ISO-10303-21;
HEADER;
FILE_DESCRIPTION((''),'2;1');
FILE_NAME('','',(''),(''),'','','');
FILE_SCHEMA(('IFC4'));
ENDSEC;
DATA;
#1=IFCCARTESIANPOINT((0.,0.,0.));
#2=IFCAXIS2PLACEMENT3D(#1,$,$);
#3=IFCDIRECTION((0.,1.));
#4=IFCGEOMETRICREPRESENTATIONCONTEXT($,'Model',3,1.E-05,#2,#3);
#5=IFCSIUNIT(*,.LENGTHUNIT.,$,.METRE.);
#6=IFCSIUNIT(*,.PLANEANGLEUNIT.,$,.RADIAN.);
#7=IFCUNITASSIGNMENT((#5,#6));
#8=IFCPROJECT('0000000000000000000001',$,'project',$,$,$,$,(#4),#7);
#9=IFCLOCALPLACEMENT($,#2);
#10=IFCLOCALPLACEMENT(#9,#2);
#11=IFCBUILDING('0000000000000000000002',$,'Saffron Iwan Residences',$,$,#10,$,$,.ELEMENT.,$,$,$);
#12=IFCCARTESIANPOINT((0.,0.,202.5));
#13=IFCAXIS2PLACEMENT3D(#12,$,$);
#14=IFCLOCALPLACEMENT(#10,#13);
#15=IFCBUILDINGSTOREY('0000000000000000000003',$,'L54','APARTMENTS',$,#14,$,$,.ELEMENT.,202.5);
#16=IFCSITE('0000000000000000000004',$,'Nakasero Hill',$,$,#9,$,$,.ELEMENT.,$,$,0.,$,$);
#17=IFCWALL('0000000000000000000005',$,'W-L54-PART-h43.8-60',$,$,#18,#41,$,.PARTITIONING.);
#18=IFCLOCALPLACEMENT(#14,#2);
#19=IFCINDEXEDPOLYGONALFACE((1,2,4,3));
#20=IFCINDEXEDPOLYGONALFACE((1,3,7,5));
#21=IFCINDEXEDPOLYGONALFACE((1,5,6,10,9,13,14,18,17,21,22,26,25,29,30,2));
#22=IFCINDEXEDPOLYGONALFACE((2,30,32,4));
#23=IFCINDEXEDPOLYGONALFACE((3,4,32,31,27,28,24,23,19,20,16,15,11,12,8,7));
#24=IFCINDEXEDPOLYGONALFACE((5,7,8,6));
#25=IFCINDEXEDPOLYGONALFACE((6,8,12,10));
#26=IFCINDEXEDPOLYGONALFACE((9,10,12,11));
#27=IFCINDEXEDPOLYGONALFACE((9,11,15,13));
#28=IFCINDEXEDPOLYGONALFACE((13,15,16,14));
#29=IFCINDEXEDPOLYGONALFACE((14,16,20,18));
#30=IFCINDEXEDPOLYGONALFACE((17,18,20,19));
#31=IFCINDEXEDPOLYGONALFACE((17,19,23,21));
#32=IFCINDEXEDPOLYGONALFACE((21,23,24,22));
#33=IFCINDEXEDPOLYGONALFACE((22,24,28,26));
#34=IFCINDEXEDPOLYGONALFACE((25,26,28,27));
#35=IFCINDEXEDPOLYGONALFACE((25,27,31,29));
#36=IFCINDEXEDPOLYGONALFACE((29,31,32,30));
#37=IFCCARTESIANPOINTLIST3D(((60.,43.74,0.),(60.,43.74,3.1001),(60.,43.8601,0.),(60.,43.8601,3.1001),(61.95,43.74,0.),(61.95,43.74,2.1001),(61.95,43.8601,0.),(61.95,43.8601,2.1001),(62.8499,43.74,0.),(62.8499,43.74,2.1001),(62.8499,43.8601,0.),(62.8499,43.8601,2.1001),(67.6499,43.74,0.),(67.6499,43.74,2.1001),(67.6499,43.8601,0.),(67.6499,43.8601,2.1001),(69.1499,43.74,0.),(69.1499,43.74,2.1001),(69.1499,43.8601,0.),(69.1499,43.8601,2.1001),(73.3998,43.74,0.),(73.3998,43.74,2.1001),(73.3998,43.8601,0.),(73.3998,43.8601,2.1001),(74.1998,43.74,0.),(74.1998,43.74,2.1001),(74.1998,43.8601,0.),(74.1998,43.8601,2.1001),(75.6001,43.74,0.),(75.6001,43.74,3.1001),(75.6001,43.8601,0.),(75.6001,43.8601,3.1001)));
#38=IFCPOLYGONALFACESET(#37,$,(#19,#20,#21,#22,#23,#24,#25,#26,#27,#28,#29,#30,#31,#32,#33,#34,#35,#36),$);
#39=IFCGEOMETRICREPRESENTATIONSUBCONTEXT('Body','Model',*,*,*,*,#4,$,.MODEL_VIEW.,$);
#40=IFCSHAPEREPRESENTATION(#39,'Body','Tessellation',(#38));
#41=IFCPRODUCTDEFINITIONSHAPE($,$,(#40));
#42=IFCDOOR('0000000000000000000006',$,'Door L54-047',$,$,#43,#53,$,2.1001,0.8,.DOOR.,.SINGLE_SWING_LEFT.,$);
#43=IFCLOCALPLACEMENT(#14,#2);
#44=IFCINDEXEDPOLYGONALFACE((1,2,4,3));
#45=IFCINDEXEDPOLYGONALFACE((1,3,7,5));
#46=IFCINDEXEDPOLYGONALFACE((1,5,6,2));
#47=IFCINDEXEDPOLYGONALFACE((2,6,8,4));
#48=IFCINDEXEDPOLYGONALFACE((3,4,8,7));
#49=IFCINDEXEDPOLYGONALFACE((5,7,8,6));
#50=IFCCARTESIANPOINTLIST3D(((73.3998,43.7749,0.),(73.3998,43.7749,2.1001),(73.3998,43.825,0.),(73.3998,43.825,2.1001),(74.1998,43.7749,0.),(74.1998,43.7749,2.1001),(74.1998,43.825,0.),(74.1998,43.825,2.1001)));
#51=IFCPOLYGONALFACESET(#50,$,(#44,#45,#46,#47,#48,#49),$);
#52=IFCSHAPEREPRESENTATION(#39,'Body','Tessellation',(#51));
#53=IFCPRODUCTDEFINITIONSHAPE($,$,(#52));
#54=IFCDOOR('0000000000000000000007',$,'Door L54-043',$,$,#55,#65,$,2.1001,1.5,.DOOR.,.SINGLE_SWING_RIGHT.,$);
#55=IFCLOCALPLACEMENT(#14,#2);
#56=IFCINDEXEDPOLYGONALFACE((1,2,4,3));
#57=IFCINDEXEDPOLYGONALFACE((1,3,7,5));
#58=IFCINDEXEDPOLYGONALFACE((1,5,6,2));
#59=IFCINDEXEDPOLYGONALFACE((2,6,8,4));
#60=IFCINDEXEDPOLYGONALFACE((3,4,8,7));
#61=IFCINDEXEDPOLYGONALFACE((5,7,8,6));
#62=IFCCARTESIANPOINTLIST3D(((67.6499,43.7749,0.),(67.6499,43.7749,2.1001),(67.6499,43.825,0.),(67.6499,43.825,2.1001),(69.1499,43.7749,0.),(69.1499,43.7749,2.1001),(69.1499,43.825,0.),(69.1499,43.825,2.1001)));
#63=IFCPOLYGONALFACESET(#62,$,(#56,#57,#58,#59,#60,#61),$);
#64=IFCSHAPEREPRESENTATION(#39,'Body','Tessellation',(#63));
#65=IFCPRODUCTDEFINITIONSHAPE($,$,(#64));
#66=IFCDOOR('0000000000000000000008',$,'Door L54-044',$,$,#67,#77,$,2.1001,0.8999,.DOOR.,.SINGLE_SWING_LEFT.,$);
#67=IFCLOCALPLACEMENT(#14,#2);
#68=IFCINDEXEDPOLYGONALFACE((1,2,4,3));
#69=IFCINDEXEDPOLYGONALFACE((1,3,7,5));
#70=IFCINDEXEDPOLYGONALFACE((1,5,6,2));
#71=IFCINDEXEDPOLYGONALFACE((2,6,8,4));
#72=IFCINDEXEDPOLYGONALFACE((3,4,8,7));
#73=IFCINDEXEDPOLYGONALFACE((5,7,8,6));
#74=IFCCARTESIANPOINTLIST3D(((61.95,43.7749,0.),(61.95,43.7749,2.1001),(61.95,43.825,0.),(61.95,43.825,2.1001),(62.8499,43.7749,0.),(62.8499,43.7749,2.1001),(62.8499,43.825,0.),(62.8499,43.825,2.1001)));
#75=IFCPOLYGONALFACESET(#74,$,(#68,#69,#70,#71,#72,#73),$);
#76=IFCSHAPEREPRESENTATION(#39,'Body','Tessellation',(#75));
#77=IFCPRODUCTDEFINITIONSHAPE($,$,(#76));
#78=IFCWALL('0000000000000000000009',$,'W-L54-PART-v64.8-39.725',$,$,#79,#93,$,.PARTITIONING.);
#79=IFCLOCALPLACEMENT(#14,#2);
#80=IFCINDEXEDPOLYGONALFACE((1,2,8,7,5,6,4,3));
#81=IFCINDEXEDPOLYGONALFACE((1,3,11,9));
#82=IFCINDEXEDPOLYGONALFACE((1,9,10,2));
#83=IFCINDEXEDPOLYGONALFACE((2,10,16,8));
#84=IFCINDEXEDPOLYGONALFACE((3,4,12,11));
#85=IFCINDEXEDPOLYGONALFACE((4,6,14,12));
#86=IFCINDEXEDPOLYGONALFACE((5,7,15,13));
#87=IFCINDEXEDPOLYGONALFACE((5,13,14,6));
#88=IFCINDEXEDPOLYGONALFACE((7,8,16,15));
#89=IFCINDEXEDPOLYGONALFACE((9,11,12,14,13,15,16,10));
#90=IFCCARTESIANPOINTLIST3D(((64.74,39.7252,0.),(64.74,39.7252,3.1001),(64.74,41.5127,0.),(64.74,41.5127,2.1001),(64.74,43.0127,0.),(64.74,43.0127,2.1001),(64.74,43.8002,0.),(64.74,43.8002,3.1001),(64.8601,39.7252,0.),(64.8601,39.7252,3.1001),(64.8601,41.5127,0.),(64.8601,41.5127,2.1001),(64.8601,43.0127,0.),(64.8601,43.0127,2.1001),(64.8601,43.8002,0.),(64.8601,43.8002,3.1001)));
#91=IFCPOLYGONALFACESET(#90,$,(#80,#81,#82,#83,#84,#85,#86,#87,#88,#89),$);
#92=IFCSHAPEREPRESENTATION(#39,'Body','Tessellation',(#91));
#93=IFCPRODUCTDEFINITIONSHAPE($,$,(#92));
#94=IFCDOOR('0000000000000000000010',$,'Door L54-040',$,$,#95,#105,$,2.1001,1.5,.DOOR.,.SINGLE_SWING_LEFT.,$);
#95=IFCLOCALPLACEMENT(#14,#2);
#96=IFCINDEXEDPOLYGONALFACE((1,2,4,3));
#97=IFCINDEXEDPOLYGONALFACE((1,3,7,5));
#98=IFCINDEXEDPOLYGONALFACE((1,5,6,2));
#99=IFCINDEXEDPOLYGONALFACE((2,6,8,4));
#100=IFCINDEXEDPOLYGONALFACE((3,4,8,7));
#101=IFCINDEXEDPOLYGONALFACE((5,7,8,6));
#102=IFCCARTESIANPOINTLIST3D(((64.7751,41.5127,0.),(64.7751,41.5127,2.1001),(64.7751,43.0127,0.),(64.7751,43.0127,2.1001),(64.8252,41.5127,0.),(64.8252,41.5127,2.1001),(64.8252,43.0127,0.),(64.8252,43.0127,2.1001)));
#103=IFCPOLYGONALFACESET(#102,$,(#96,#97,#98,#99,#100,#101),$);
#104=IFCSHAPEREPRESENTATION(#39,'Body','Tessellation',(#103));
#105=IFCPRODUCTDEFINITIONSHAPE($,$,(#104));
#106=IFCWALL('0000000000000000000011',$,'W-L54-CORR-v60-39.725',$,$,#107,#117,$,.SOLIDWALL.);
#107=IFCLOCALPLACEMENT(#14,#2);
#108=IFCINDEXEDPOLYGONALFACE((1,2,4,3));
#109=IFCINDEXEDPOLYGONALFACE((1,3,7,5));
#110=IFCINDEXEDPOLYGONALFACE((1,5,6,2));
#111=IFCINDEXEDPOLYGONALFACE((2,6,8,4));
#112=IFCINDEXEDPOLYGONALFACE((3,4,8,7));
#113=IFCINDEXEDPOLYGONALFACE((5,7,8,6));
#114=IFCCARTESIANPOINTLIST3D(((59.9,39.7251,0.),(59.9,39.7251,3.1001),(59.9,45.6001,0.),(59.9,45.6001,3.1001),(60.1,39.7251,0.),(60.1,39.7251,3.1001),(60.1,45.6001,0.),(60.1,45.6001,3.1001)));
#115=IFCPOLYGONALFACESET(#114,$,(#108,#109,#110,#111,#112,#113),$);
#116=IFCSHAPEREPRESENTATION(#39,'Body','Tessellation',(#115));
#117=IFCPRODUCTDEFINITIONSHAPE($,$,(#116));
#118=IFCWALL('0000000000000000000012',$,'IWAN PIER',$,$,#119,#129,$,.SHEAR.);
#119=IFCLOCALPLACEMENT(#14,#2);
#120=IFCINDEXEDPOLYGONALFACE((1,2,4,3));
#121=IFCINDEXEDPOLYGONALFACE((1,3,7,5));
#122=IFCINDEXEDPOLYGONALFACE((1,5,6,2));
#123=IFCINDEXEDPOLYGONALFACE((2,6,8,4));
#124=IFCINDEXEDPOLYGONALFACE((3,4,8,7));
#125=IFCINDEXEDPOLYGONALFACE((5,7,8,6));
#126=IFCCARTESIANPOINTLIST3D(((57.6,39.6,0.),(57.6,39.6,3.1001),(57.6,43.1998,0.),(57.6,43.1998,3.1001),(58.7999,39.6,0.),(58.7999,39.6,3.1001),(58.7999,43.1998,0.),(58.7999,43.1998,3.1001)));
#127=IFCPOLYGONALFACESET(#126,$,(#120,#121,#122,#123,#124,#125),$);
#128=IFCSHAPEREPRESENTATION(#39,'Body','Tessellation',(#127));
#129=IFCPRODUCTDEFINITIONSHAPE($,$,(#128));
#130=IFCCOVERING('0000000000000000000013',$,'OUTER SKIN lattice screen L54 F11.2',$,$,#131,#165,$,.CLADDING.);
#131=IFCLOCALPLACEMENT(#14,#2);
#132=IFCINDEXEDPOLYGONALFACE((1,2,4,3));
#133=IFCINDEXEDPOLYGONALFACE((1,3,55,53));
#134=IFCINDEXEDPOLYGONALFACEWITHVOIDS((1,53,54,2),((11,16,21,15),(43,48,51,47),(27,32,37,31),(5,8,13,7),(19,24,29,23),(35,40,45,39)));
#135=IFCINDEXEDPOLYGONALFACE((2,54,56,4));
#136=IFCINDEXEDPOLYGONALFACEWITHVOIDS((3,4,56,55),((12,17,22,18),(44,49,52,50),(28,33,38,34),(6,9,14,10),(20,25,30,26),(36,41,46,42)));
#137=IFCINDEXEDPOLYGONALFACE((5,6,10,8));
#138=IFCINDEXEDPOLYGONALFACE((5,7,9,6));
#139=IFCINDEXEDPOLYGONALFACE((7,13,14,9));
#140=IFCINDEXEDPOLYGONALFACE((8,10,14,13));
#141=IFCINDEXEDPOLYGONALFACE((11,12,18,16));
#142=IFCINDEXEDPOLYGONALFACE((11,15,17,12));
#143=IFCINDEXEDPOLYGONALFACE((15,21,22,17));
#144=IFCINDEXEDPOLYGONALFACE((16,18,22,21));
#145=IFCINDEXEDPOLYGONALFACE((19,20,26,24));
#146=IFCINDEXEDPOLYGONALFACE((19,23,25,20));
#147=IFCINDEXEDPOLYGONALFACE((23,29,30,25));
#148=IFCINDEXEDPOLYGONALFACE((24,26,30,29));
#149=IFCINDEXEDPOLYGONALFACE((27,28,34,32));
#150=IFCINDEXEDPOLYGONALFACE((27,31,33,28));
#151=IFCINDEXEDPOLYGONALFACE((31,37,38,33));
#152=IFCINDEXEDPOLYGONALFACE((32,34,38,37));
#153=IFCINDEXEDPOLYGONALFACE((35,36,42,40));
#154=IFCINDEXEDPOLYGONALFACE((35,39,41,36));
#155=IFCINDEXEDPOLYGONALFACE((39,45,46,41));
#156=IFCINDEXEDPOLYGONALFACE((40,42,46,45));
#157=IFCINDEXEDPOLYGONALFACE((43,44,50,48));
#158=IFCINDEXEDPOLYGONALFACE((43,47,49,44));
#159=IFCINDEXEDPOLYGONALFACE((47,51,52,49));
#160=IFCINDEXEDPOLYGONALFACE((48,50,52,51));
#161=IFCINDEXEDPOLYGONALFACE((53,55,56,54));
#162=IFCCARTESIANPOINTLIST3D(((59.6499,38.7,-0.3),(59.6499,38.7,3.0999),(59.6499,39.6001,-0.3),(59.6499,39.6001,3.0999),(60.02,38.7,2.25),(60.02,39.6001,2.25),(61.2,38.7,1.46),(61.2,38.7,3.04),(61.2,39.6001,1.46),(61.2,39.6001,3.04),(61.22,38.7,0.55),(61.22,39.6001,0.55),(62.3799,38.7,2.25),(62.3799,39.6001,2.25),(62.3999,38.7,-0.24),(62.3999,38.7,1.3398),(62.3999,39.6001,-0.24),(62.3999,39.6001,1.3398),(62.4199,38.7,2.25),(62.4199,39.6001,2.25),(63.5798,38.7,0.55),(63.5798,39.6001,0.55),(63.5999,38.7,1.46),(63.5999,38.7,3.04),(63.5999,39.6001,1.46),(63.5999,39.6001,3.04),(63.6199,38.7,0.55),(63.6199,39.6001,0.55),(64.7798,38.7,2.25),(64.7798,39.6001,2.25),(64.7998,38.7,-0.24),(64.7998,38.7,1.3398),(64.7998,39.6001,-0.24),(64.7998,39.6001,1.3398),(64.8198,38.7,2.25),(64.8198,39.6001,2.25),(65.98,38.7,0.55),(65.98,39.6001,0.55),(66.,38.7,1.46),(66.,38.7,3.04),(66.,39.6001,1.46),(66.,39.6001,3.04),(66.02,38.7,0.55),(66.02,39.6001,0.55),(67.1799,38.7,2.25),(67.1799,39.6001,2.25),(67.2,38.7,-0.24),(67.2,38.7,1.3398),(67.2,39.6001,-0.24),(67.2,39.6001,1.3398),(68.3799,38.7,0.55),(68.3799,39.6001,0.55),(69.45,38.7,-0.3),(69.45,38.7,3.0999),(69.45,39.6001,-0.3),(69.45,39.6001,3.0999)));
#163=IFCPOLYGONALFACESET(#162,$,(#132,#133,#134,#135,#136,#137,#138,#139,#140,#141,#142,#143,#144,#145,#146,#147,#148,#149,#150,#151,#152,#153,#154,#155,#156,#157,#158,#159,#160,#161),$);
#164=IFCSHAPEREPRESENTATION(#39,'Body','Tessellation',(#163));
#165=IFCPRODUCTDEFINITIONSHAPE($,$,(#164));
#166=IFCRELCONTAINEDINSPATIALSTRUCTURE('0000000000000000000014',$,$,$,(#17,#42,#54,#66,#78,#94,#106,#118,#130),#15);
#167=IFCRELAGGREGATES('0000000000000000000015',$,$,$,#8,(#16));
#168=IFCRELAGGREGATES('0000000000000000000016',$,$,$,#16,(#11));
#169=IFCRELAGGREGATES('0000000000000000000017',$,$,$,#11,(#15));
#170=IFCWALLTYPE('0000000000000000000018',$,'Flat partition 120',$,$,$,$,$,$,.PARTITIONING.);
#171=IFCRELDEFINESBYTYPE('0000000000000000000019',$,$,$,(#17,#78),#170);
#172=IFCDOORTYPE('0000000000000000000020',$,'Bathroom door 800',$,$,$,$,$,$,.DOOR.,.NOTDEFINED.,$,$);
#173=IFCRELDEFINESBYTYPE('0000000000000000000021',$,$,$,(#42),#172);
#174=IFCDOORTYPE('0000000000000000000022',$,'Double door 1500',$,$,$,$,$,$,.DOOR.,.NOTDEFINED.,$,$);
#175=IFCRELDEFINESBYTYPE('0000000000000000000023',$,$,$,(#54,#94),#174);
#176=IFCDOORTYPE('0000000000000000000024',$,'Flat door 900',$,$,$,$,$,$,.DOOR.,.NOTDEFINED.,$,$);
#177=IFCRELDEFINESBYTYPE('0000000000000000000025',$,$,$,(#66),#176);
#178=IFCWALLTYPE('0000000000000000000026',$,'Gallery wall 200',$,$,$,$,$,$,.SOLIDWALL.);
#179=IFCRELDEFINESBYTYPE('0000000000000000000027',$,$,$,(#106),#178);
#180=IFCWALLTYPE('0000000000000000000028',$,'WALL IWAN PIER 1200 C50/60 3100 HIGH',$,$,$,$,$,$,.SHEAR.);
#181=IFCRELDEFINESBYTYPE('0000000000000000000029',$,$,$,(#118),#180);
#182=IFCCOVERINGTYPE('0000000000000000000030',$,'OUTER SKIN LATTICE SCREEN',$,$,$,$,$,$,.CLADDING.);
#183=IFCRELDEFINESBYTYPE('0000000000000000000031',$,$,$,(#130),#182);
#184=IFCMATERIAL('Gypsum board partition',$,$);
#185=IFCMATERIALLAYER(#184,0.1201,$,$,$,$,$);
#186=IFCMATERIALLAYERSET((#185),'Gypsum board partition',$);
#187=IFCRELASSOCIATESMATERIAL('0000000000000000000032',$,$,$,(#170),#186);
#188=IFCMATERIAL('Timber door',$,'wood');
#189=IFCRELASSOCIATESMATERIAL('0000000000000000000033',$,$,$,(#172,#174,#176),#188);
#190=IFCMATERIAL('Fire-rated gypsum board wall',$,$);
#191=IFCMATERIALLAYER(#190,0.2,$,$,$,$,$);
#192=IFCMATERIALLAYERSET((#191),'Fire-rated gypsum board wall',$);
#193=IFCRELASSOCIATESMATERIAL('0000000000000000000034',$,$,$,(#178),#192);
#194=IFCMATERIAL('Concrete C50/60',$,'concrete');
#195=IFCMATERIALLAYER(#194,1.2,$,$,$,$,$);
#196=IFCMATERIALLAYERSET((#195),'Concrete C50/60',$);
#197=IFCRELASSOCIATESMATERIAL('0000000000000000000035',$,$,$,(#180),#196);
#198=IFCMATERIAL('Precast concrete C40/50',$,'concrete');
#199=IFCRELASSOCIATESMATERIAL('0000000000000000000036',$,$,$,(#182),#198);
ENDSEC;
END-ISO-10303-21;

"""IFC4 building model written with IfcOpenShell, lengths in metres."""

from ifc_helpers import new_model, si_unit, direction, frame, frame_2d, origin, place, context, subcontext, project, spatial, polyline, rectangle, outline, extrude, material, layer, layer_set, type_object, element, fill, save


model = new_model("IFC4")

# Units and contexts
model_context = context("Model", 3, precision=1e-05, world=origin(), true_north=direction((0.0, 1.0)))
body_context = subcontext(model_context, "Body", "Model", "MODEL_VIEW")
ifc_project = project(units=[si_unit("LENGTHUNIT", "METRE"), si_unit("PLANEANGLEUNIT", "RADIAN")], contexts=[model_context])

# Site, building, storey
site_placement = place(None, origin())
site = spatial("IfcSite", under=ifc_project, at=site_placement, Name="Nakasero Hill", CompositionType="ELEMENT", RefElevation=0.0)
building_placement = place(site_placement, origin())
building = spatial("IfcBuilding", under=site, at=building_placement, Name="Saffron Iwan Residences", CompositionType="ELEMENT")
storey_placement = place(building_placement, frame((0.0, 0.0, 202.5)))
storey = spatial("IfcBuildingStorey", under=building, at=storey_placement, Name="L54", Description="APARTMENTS", CompositionType="ELEMENT", Elevation=202.5)

# Shared definitions
ifc_material_1 = material(Name="Concrete C50/60", Category="concrete")

# Wall, openings, doors
ifc_material_2 = material(Name="Gypsum board partition")
ifc_layer_1 = layer(ifc_material_2, 0.1201)
ifc_layer_set_1 = layer_set([ifc_layer_1], Name="Gypsum board partition")
wall_type_1 = type_object("IfcWallType", Name="Flat partition 120", PredefinedType="PARTITIONING", material=ifc_layer_set_1)
wall_1_placement = place(storey_placement, frame((60.0, 43.8, 0.0), z_axis=(0.0, 0.0, 1.0), x_axis=(1.0, 0.0, 0.0)))
wall_1 = element("IfcWall", 1, at=wall_1_placement, inside=storey, type_object=wall_type_1, Name="W-L54-PART-h43.8-60", PredefinedType="PARTITIONING", context=body_context, shape_type="SweptSolid", body=[
    extrude(rectangle(XDim=15.6001, YDim=0.1201, at=frame_2d((7.8, 0.0))), origin(), (0.0, 0.0, 1.0), 3.1001),
])
opening_1_placement = place(wall_1_placement, frame((7.6499, 0.0, 0.0)))
opening_1 = element("IfcOpeningElement", 2, at=opening_1_placement, cuts=wall_1, PredefinedType="OPENING", context=body_context, shape_type="SweptSolid", body=[
    extrude(rectangle(XDim=1.5, YDim=2.1001, at=frame_2d((0.75, 1.05))), frame((0.0, 0.0701, 0.0), z_axis=(0.0, -1.0, 0.0), x_axis=(1.0, 0.0, 0.0)), (0.0, 0.0, 1.0), 0.1401),
])
opening_2_placement = place(wall_1_placement, frame((1.95, 0.0, 0.0)))
opening_2 = element("IfcOpeningElement", 3, at=opening_2_placement, cuts=wall_1, PredefinedType="OPENING", context=body_context, shape_type="SweptSolid", body=[
    extrude(rectangle(XDim=0.8999, YDim=2.1001, at=frame_2d((0.45, 1.05))), frame((0.0, 0.0701, 0.0), z_axis=(0.0, -1.0, 0.0), x_axis=(1.0, 0.0, 0.0)), (0.0, 0.0, 1.0), 0.1401),
])
opening_3_placement = place(wall_1_placement, frame((13.3999, 0.0, 0.0)))
opening_3 = element("IfcOpeningElement", 4, at=opening_3_placement, cuts=wall_1, PredefinedType="OPENING", context=body_context, shape_type="SweptSolid", body=[
    extrude(rectangle(XDim=0.8, YDim=2.1001, at=frame_2d((0.3999, 1.05))), frame((0.0, 0.0701, 0.0), z_axis=(0.0, -1.0, 0.0), x_axis=(1.0, 0.0, 0.0)), (0.0, 0.0, 1.0), 0.1401),
])
ifc_material_3 = material(Name="Timber door", Category="wood")
door_type_1 = type_object("IfcDoorType", Name="Bathroom door 800", OperationType="NOTDEFINED", PredefinedType="DOOR", material=ifc_material_3)
door_1_placement = place(opening_3_placement, origin())
door_1 = element("IfcDoor", 5, at=door_1_placement, inside=storey, type_object=door_type_1, Name="Door L54-047", OperationType="SINGLE_SWING_LEFT", OverallHeight=2.1001, OverallWidth=0.8, PredefinedType="DOOR", context=body_context, shape_type="SweptSolid", body=[
    extrude(rectangle(XDim=0.8, YDim=2.1001, at=frame_2d((0.3999, 1.05))), frame((0.0, 0.0249, 0.0), z_axis=(0.0, -1.0, 0.0), x_axis=(1.0, 0.0, 0.0)), (0.0, 0.0, 1.0), 0.05),
])
fill(opening_3, door_1)
door_type_2 = type_object("IfcDoorType", Name="Double door 1500", OperationType="NOTDEFINED", PredefinedType="DOOR", material=ifc_material_3)
door_2_placement = place(opening_1_placement, origin())
door_2 = element("IfcDoor", 6, at=door_2_placement, inside=storey, type_object=door_type_2, Name="Door L54-043", OperationType="SINGLE_SWING_RIGHT", OverallHeight=2.1001, OverallWidth=1.5, PredefinedType="DOOR", context=body_context, shape_type="SweptSolid", body=[
    extrude(rectangle(XDim=1.5, YDim=2.1001, at=frame_2d((0.75, 1.05))), frame((0.0, 0.0249, 0.0), z_axis=(0.0, -1.0, 0.0), x_axis=(1.0, 0.0, 0.0)), (0.0, 0.0, 1.0), 0.05),
])
fill(opening_1, door_2)
door_type_3 = type_object("IfcDoorType", Name="Flat door 900", OperationType="NOTDEFINED", PredefinedType="DOOR", material=ifc_material_3)
door_3_placement = place(opening_2_placement, origin())
door_3 = element("IfcDoor", 7, at=door_3_placement, inside=storey, type_object=door_type_3, Name="Door L54-044", OperationType="SINGLE_SWING_LEFT", OverallHeight=2.1001, OverallWidth=0.8999, PredefinedType="DOOR", context=body_context, shape_type="SweptSolid", body=[
    extrude(rectangle(XDim=0.8999, YDim=2.1001, at=frame_2d((0.45, 1.05))), frame((0.0, 0.0249, 0.0), z_axis=(0.0, -1.0, 0.0), x_axis=(1.0, 0.0, 0.0)), (0.0, 0.0, 1.0), 0.05),
])
fill(opening_2, door_3)

# Wall, opening, door
wall_2_placement = place(storey_placement, frame((64.8, 39.7251, 0.0), z_axis=(0.0, 0.0, 1.0), x_axis=(0.0, 1.0, 0.0)))
wall_2 = element("IfcWall", 8, at=wall_2_placement, inside=storey, type_object=wall_type_1, Name="W-L54-PART-v64.8-39.725", PredefinedType="PARTITIONING", context=body_context, shape_type="SweptSolid", body=[
    extrude(rectangle(XDim=4.075, YDim=0.1201, at=frame_2d((2.0376, 0.0))), origin(), (0.0, 0.0, 1.0), 3.1001),
])
opening_4_placement = place(wall_2_placement, frame((1.7876, 0.0, 0.0)))
opening_4 = element("IfcOpeningElement", 9, at=opening_4_placement, cuts=wall_2, PredefinedType="OPENING", context=body_context, shape_type="SweptSolid", body=[
    extrude(rectangle(XDim=1.5, YDim=2.1001, at=frame_2d((0.75, 1.05))), frame((0.0, 0.0701, 0.0), z_axis=(0.0, -1.0, 0.0), x_axis=(1.0, 0.0, 0.0)), (0.0, 0.0, 1.0), 0.1401),
])
door_4_placement = place(opening_4_placement, origin())
door_4 = element("IfcDoor", 10, at=door_4_placement, inside=storey, type_object=door_type_2, Name="Door L54-040", OperationType="SINGLE_SWING_LEFT", OverallHeight=2.1001, OverallWidth=1.5, PredefinedType="DOOR", context=body_context, shape_type="SweptSolid", body=[
    extrude(rectangle(XDim=1.5, YDim=2.1001, at=frame_2d((0.75, 1.05))), frame((0.0, 0.0249, 0.0), z_axis=(0.0, -1.0, 0.0), x_axis=(1.0, 0.0, 0.0)), (0.0, 0.0, 1.0), 0.05),
])
fill(opening_4, door_4)

# Walls
ifc_material_4 = material(Name="Fire-rated gypsum board wall")
ifc_layer_2 = layer(ifc_material_4, 0.2)
ifc_layer_set_2 = layer_set([ifc_layer_2], Name="Fire-rated gypsum board wall")
wall_type_2 = type_object("IfcWallType", Name="Gallery wall 200", PredefinedType="SOLIDWALL", material=ifc_layer_set_2)
wall_3_placement = place(storey_placement, frame((60.0, 39.7251, 0.0), z_axis=(0.0, 0.0, 1.0), x_axis=(0.0, 1.0, 0.0)))
element("IfcWall", 11, at=wall_3_placement, inside=storey, type_object=wall_type_2, Name="W-L54-CORR-v60-39.725", PredefinedType="SOLIDWALL", context=body_context, shape_type="SweptSolid", body=[
    extrude(rectangle(XDim=5.875, YDim=0.2, at=frame_2d((2.9375, 0.0))), origin(), (0.0, 0.0, 1.0), 3.1001),
])
ifc_layer_3 = layer(ifc_material_1, 1.2)
ifc_layer_set_3 = layer_set([ifc_layer_3], Name="Concrete C50/60")
wall_type_3 = type_object("IfcWallType", Name="WALL IWAN PIER 1200 C50/60 3100 HIGH", PredefinedType="SHEAR", material=ifc_layer_set_3)
wall_4_placement = place(storey_placement, frame((58.2, 39.6001, 0.0), z_axis=(0.0, 0.0, 1.0), x_axis=(0.0, 1.0, 0.0)))
element("IfcWall", 12, at=wall_4_placement, inside=storey, type_object=wall_type_3, Name="IWAN PIER", PredefinedType="SHEAR", context=body_context, shape_type="SweptSolid", body=[
    extrude(rectangle(XDim=3.5999, YDim=1.2, at=frame_2d((1.7998, 0.0))), origin(), (0.0, 0.0, 1.0), 3.1001),
])

# Covering
ifc_material_5 = material(Name="Precast concrete C40/50", Category="concrete")
covering_type = type_object("IfcCoveringType", Name="OUTER SKIN LATTICE SCREEN", PredefinedType="CLADDING", material=ifc_material_5)
covering_placement = place(storey_placement, frame((59.6499, 39.6001, -0.3), z_axis=(0.0, -1.0, 0.0), x_axis=(1.0, 0.0, 0.0)))
element("IfcCovering", 13, at=covering_placement, inside=storey, type_object=covering_type, Name="OUTER SKIN lattice screen L54 F11.2", PredefinedType="CLADDING", context=body_context, shape_type="SweptSolid", body=[
    extrude(outline(polyline([(0.0, 0.0), (9.8, 0.0), (9.8, 3.3999), (0.0, 3.3999), (0.0, 0.0)]), holes=[polyline([(1.5701, 0.8501), (2.75, 0.0601), (3.9299, 0.8501), (2.75, 1.6399), (1.5701, 0.8501)]), polyline([(3.97, 0.8501), (5.1499, 0.0601), (6.3301, 0.8501), (5.1499, 1.6399), (3.97, 0.8501)]), polyline([(6.3701, 0.8501), (7.55, 0.0601), (8.73, 0.8501), (7.55, 1.6399), (6.3701, 0.8501)]), polyline([(0.3701, 2.55), (1.55, 1.76), (2.73, 2.55), (1.55, 3.3401), (0.3701, 2.55)]), polyline([(2.77, 2.55), (3.95, 1.76), (5.1299, 2.55), (3.95, 3.3401), (2.77, 2.55)]), polyline([(5.1699, 2.55), (6.3501, 1.76), (7.53, 2.55), (6.3501, 3.3401), (5.1699, 2.55)])]), origin(), (0.0, 0.0, 1.0), 0.9001),
])

save(model, "model.ifc")
